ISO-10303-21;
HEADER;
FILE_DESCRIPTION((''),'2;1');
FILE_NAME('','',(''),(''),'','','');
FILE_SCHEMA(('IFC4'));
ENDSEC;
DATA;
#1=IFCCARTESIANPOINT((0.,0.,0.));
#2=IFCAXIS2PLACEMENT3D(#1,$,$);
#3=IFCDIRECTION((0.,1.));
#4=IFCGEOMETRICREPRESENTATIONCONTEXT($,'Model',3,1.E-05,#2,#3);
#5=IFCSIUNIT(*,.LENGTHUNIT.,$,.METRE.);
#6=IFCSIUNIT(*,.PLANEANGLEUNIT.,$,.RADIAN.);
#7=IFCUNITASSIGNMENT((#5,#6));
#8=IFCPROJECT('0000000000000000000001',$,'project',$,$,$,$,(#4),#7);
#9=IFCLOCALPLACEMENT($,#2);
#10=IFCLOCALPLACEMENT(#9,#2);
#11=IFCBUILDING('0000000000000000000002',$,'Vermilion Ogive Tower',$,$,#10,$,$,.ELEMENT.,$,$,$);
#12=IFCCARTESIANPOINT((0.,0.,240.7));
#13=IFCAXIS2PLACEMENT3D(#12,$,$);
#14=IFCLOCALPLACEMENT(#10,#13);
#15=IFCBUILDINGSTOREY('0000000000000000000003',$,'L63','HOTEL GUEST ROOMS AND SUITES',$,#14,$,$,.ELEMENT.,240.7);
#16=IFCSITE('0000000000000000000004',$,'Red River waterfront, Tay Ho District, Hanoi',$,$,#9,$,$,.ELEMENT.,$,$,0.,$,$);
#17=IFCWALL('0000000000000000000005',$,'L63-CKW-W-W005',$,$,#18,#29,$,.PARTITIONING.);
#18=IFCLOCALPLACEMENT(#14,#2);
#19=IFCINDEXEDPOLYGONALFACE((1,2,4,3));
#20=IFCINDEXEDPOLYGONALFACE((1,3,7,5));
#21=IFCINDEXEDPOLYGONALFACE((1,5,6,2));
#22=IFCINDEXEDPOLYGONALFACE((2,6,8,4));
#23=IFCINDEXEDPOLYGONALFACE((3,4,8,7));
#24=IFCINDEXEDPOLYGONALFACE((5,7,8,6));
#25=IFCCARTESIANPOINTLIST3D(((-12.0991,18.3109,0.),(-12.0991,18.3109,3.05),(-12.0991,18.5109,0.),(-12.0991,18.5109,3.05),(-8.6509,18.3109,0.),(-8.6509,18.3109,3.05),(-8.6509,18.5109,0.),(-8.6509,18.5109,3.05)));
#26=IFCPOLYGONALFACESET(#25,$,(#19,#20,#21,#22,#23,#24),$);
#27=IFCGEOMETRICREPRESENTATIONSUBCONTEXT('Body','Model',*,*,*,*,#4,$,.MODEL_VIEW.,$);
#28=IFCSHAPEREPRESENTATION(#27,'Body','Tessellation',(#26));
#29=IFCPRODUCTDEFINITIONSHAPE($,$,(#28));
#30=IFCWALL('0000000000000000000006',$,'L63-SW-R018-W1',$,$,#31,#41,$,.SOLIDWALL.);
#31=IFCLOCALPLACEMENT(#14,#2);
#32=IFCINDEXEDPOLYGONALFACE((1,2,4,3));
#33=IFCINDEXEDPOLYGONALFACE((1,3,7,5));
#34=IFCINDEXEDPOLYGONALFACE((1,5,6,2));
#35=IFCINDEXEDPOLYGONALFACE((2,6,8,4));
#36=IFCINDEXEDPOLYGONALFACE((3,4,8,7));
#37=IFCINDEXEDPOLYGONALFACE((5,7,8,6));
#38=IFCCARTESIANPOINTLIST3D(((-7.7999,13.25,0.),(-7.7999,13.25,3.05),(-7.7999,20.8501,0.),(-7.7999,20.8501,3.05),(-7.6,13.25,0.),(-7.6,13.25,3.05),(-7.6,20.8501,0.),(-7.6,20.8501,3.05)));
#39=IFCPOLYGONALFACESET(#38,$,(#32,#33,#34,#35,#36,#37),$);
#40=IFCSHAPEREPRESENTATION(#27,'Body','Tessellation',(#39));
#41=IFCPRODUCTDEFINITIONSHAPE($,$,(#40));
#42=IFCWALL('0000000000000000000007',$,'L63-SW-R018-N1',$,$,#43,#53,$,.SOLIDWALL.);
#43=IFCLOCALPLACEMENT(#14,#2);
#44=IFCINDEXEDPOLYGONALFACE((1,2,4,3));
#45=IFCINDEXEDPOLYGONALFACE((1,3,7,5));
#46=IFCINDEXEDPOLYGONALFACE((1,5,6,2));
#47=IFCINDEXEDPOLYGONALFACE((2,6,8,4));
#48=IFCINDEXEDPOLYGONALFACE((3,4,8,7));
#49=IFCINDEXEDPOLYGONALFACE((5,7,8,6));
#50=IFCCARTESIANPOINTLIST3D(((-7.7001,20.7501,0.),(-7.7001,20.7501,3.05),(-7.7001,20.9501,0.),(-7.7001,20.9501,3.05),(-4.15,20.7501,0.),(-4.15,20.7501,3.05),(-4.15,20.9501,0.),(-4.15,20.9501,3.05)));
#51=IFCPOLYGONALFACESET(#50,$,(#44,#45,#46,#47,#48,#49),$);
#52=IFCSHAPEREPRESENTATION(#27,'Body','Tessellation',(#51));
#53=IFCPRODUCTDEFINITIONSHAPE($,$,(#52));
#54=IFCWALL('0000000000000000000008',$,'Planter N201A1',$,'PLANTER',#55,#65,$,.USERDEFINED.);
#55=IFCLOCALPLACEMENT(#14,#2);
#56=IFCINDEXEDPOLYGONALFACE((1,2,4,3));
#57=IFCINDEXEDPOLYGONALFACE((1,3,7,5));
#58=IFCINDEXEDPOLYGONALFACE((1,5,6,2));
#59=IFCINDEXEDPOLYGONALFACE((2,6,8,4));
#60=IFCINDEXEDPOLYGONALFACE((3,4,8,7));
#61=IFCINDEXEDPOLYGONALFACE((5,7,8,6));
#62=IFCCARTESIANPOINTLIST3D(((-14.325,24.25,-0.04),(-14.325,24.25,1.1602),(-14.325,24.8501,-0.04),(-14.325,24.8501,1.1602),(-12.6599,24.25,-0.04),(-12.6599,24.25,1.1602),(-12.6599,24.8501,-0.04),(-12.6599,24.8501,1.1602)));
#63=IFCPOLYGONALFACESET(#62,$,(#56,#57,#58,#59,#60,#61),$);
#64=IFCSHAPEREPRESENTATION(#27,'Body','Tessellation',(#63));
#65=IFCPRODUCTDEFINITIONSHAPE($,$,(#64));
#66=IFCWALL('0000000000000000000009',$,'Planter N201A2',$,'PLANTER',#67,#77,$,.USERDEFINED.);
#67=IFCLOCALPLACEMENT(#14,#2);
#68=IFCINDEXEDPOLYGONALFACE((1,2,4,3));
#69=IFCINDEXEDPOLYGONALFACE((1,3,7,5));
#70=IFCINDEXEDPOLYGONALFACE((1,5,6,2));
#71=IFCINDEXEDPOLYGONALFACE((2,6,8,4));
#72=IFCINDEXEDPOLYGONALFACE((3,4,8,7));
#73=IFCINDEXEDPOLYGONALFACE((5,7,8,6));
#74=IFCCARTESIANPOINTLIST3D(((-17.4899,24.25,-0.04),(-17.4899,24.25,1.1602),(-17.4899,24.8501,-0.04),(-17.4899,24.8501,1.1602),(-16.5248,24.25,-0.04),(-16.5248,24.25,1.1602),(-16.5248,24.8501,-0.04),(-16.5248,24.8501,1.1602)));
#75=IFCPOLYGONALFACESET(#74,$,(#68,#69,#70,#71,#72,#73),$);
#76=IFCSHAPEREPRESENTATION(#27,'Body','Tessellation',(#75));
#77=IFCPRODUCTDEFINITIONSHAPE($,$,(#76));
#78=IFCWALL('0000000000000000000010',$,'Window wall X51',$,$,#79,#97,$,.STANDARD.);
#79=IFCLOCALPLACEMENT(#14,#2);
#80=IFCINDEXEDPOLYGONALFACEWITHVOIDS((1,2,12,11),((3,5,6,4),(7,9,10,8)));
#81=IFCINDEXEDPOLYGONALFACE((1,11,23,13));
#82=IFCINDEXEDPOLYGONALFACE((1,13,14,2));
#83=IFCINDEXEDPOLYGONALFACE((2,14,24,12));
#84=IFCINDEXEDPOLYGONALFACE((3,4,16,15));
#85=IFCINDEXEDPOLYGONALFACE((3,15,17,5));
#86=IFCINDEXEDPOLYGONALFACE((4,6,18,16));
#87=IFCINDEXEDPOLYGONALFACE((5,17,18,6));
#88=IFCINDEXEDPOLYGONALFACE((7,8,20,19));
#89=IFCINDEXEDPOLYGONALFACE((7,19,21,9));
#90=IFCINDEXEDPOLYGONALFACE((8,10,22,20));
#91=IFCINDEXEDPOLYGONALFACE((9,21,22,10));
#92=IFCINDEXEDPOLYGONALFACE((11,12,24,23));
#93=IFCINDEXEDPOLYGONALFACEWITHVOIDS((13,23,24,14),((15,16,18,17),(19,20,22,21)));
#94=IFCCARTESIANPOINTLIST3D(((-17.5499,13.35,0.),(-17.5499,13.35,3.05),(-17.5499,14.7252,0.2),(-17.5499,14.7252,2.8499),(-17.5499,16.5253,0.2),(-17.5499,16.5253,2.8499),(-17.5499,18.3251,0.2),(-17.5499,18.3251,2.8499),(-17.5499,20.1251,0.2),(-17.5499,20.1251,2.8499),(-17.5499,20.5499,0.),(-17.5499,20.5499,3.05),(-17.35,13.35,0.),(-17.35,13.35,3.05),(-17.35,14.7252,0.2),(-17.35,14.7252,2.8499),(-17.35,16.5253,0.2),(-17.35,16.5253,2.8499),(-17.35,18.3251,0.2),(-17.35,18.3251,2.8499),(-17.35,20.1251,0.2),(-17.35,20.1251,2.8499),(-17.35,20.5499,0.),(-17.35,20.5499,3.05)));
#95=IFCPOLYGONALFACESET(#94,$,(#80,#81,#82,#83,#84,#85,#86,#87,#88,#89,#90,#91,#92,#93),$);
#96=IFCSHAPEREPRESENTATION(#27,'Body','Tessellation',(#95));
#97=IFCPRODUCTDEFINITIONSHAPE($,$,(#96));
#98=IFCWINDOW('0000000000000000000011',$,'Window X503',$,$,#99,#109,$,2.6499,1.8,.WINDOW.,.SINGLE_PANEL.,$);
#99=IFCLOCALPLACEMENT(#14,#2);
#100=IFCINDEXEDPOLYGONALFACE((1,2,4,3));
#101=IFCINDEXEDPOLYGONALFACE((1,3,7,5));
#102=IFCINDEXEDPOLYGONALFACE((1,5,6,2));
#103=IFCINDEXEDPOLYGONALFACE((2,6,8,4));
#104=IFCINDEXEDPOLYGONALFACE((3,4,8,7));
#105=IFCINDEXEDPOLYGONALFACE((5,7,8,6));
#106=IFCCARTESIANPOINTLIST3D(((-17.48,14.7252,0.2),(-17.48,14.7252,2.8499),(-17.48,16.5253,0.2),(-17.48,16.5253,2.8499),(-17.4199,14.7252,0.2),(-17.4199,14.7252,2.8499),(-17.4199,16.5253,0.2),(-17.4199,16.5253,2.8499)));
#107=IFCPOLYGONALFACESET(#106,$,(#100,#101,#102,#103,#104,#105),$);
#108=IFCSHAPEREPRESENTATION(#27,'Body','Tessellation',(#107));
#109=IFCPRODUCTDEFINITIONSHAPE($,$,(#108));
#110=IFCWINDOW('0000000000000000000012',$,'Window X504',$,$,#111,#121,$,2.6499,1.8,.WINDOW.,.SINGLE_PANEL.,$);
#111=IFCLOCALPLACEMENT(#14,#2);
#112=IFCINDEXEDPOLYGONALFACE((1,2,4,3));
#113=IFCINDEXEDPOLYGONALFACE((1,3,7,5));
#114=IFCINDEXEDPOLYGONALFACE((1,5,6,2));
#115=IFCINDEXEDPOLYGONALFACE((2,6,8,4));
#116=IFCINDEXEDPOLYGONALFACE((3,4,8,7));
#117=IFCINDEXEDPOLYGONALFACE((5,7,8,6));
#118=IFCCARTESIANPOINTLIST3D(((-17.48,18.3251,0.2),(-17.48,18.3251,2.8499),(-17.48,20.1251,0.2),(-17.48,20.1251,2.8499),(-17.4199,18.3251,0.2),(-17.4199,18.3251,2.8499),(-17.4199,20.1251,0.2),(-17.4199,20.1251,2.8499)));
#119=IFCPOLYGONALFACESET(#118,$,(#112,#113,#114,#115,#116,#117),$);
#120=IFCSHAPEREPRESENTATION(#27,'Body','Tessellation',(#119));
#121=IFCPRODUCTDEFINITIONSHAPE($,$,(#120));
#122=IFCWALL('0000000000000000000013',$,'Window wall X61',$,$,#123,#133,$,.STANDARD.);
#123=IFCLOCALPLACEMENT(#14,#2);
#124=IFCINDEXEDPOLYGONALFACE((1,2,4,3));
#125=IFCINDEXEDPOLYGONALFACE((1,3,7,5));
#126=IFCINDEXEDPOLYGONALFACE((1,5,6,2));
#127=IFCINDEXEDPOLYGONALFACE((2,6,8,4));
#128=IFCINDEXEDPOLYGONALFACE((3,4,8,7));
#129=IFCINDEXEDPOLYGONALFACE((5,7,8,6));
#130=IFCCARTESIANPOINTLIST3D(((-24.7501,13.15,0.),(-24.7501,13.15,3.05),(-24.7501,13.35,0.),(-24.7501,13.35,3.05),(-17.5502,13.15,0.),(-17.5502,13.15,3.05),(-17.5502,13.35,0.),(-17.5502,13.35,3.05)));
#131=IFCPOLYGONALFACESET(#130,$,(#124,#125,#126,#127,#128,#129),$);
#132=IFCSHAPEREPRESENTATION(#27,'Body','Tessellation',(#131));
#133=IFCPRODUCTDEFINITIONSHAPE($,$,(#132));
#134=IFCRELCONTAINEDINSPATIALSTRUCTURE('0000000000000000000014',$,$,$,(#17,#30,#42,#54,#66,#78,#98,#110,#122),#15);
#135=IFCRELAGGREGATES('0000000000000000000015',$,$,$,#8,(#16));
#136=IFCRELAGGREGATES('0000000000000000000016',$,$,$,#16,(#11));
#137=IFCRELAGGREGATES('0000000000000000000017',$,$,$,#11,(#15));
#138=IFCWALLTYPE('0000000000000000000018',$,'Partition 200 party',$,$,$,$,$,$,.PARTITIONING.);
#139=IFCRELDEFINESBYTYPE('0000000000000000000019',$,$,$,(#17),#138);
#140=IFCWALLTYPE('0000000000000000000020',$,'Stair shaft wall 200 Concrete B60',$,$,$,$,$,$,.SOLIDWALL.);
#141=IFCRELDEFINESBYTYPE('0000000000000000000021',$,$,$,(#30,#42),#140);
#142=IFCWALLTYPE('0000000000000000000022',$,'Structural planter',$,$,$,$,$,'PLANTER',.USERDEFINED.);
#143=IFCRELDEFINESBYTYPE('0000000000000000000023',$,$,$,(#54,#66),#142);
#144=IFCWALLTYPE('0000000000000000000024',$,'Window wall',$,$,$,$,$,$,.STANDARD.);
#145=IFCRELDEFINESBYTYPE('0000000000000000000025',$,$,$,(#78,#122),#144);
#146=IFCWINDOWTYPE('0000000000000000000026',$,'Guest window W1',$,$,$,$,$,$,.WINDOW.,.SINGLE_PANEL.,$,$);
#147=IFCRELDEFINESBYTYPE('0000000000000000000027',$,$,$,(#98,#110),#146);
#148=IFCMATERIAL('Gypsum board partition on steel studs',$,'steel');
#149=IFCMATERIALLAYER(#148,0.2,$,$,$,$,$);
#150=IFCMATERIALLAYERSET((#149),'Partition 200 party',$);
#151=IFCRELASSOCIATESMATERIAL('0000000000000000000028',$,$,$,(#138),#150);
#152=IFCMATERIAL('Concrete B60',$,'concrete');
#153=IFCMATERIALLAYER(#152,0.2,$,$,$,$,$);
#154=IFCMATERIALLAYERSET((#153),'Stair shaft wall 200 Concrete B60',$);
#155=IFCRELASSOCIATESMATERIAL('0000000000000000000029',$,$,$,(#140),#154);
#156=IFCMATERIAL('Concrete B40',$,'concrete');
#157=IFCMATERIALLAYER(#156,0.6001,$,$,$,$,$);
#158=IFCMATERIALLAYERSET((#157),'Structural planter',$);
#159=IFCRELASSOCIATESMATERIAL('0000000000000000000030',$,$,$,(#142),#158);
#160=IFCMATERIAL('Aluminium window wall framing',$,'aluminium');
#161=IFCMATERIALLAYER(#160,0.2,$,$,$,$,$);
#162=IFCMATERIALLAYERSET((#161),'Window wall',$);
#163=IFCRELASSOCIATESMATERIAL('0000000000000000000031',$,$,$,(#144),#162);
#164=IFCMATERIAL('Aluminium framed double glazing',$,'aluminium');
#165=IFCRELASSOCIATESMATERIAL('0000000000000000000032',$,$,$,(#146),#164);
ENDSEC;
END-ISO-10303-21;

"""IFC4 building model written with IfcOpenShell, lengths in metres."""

from ifc_helpers import new_model, si_unit, direction, frame, frame_2d, origin, place, context, subcontext, project, spatial, rectangle, extrude, material, layer, layer_set, type_object, element, fill, save


model = new_model("IFC4")

# Units and contexts
model_context = context("Model", 3, precision=1e-05, world=origin(), true_north=direction((0.0, 1.0)))
body_context = subcontext(model_context, "Body", "Model", "MODEL_VIEW")
ifc_project = project(units=[si_unit("LENGTHUNIT", "METRE"), si_unit("PLANEANGLEUNIT", "RADIAN")], contexts=[model_context])

# Site, building, storey
site_placement = place(None, origin())
site = spatial("IfcSite", under=ifc_project, at=site_placement, Name="Red River waterfront, Tay Ho District, Hanoi", CompositionType="ELEMENT", RefElevation=0.0)
building_placement = place(site_placement, origin())
building = spatial("IfcBuilding", under=site, at=building_placement, Name="Vermilion Ogive Tower", CompositionType="ELEMENT")
storey_placement = place(building_placement, frame((0.0, 0.0, 240.7)))
storey = spatial("IfcBuildingStorey", under=building, at=storey_placement, Name="L63", Description="HOTEL GUEST ROOMS AND SUITES", CompositionType="ELEMENT", Elevation=240.7)

# Walls
ifc_material_1 = material(Name="Gypsum board partition on steel studs", Category="steel")
ifc_layer_1 = layer(ifc_material_1, 0.2)
ifc_layer_set_1 = layer_set([ifc_layer_1], Name="Partition 200 party")
wall_type_1 = type_object("IfcWallType", Name="Partition 200 party", PredefinedType="PARTITIONING", material=ifc_layer_set_1)
wall_1_placement = place(storey_placement, frame((-12.0991, 18.4109, 0.0), z_axis=(0.0, 0.0, 1.0), x_axis=(1.0, 0.0, 0.0)))
element("IfcWall", 1, at=wall_1_placement, inside=storey, type_object=wall_type_1, Name="L63-CKW-W-W005", PredefinedType="PARTITIONING", context=body_context, shape_type="SweptSolid", body=[
    extrude(rectangle(XDim=3.4482, YDim=0.2, at=frame_2d((1.7241, 0.0))), origin(), (0.0, 0.0, 1.0), 3.05),
])
ifc_material_2 = material(Name="Concrete B60", Category="concrete")
ifc_layer_2 = layer(ifc_material_2, 0.2)
ifc_layer_set_2 = layer_set([ifc_layer_2], Name="Stair shaft wall 200 Concrete B60")
wall_type_2 = type_object("IfcWallType", Name="Stair shaft wall 200 Concrete B60", PredefinedType="SOLIDWALL", material=ifc_layer_set_2)
wall_2_placement = place(storey_placement, frame((-7.7, 13.25, 0.0), z_axis=(0.0, 0.0, 1.0), x_axis=(0.0, 1.0, 0.0)))
element("IfcWall", 2, at=wall_2_placement, inside=storey, type_object=wall_type_2, Name="L63-SW-R018-W1", PredefinedType="SOLIDWALL", context=body_context, shape_type="SweptSolid", body=[
    extrude(rectangle(XDim=7.6001, YDim=0.2, at=frame_2d((3.8, 0.0))), origin(), (0.0, 0.0, 1.0), 3.05),
])
wall_3_placement = place(storey_placement, frame((-7.7, 20.8501, 0.0), z_axis=(0.0, 0.0, 1.0), x_axis=(1.0, 0.0, 0.0)))
element("IfcWall", 3, at=wall_3_placement, inside=storey, type_object=wall_type_2, Name="L63-SW-R018-N1", PredefinedType="SOLIDWALL", context=body_context, shape_type="SweptSolid", body=[
    extrude(rectangle(XDim=3.55, YDim=0.2, at=frame_2d((1.7749, 0.0))), origin(), (0.0, 0.0, 1.0), 3.05),
])
ifc_material_3 = material(Name="Concrete B40", Category="concrete")
ifc_layer_3 = layer(ifc_material_3, 0.6001)
ifc_layer_set_3 = layer_set([ifc_layer_3], Name="Structural planter")
wall_type_3 = type_object("IfcWallType", Name="Structural planter", ElementType="PLANTER", PredefinedType="USERDEFINED", material=ifc_layer_set_3)
wall_4_placement = place(storey_placement, frame((-12.6599, 24.55, -0.04), z_axis=(0.0, 0.0, 1.0), x_axis=(-1.0, 0.0, 0.0)))
element("IfcWall", 4, at=wall_4_placement, inside=storey, type_object=wall_type_3, Name="Planter N201A1", ObjectType="PLANTER", PredefinedType="USERDEFINED", context=body_context, shape_type="SweptSolid", body=[
    extrude(rectangle(XDim=1.665, YDim=0.6001, at=frame_2d((0.8325, 0.0))), origin(), (0.0, 0.0, 1.0), 1.2002),
])
wall_5_placement = place(storey_placement, frame((-16.5249, 24.55, -0.04), z_axis=(0.0, 0.0, 1.0), x_axis=(-1.0, 0.0, 0.0)))
element("IfcWall", 5, at=wall_5_placement, inside=storey, type_object=wall_type_3, Name="Planter N201A2", ObjectType="PLANTER", PredefinedType="USERDEFINED", context=body_context, shape_type="SweptSolid", body=[
    extrude(rectangle(XDim=0.9651, YDim=0.6001, at=frame_2d((0.4824, 0.0))), origin(), (0.0, 0.0, 1.0), 1.2002),
])

# Shared definitions
ifc_material_4 = material(Name="Aluminium window wall framing", Category="aluminium")
ifc_layer_4 = layer(ifc_material_4, 0.2)
ifc_layer_set_4 = layer_set([ifc_layer_4], Name="Window wall")
wall_type_4 = type_object("IfcWallType", Name="Window wall", PredefinedType="STANDARD", material=ifc_layer_set_4)
ifc_material_5 = material(Name="Aluminium framed double glazing", Category="aluminium")
window_type = type_object("IfcWindowType", Name="Guest window W1", PartitioningType="SINGLE_PANEL", PredefinedType="WINDOW", material=ifc_material_5)

# Wall, openings, windows
wall_6_placement = place(storey_placement, frame((-17.45, 20.55, 0.0), z_axis=(0.0, 0.0, 1.0), x_axis=(0.0, -1.0, 0.0)))
wall_6 = element("IfcWall", 6, at=wall_6_placement, inside=storey, type_object=wall_type_4, Name="Window wall X51", PredefinedType="STANDARD", context=body_context, shape_type="SweptSolid", body=[
    extrude(rectangle(XDim=7.2, YDim=0.2, at=frame_2d((3.6001, 0.0))), origin(), (0.0, 0.0, 1.0), 3.05),
])
opening_1_placement = place(wall_6_placement, frame((4.0249, 0.0, 0.2)))
opening_1 = element("IfcOpeningElement", 7, at=opening_1_placement, cuts=wall_6, PredefinedType="OPENING", context=body_context, shape_type="SweptSolid", body=[
    extrude(rectangle(XDim=1.8, YDim=2.6499, at=frame_2d((0.8999, 1.325))), frame((0.0, 0.1099, 0.0), z_axis=(0.0, -1.0, 0.0), x_axis=(1.0, 0.0, 0.0)), (0.0, 0.0, 1.0), 0.22),
])
opening_2_placement = place(wall_6_placement, frame((0.425, 0.0, 0.2)))
opening_2 = element("IfcOpeningElement", 8, at=opening_2_placement, cuts=wall_6, PredefinedType="OPENING", context=body_context, shape_type="SweptSolid", body=[
    extrude(rectangle(XDim=1.8, YDim=2.6499, at=frame_2d((0.8999, 1.325))), frame((0.0, 0.1099, 0.0), z_axis=(0.0, -1.0, 0.0), x_axis=(1.0, 0.0, 0.0)), (0.0, 0.0, 1.0), 0.22),
])
window_1_placement = place(opening_1_placement, origin())
window_1 = element("IfcWindow", 9, at=window_1_placement, inside=storey, type_object=window_type, Name="Window X503", OverallHeight=2.6499, OverallWidth=1.8, PartitioningType="SINGLE_PANEL", PredefinedType="WINDOW", context=body_context, shape_type="SweptSolid", body=[
    extrude(rectangle(XDim=1.8, YDim=2.6499, at=frame_2d((0.8999, 1.325))), frame((0.0, 0.03, 0.0), z_axis=(0.0, -1.0, 0.0), x_axis=(1.0, 0.0, 0.0)), (0.0, 0.0, 1.0), 0.0601),
])
fill(opening_1, window_1)
window_2_placement = place(opening_2_placement, origin())
window_2 = element("IfcWindow", 10, at=window_2_placement, inside=storey, type_object=window_type, Name="Window X504", OverallHeight=2.6499, OverallWidth=1.8, PartitioningType="SINGLE_PANEL", PredefinedType="WINDOW", context=body_context, shape_type="SweptSolid", body=[
    extrude(rectangle(XDim=1.8, YDim=2.6499, at=frame_2d((0.8999, 1.325))), frame((0.0, 0.03, 0.0), z_axis=(0.0, -1.0, 0.0), x_axis=(1.0, 0.0, 0.0)), (0.0, 0.0, 1.0), 0.0601),
])
fill(opening_2, window_2)

# Wall
wall_7_placement = place(storey_placement, frame((-17.55, 13.25, 0.0), z_axis=(0.0, 0.0, 1.0), x_axis=(-1.0, 0.0, 0.0)))
element("IfcWall", 11, at=wall_7_placement, inside=storey, type_object=wall_type_4, Name="Window wall X61", PredefinedType="STANDARD", context=body_context, shape_type="SweptSolid", body=[
    extrude(rectangle(XDim=7.2, YDim=0.2, at=frame_2d((3.6001, 0.0))), origin(), (0.0, 0.0, 1.0), 3.05),
])

save(model, "model.ifc")
